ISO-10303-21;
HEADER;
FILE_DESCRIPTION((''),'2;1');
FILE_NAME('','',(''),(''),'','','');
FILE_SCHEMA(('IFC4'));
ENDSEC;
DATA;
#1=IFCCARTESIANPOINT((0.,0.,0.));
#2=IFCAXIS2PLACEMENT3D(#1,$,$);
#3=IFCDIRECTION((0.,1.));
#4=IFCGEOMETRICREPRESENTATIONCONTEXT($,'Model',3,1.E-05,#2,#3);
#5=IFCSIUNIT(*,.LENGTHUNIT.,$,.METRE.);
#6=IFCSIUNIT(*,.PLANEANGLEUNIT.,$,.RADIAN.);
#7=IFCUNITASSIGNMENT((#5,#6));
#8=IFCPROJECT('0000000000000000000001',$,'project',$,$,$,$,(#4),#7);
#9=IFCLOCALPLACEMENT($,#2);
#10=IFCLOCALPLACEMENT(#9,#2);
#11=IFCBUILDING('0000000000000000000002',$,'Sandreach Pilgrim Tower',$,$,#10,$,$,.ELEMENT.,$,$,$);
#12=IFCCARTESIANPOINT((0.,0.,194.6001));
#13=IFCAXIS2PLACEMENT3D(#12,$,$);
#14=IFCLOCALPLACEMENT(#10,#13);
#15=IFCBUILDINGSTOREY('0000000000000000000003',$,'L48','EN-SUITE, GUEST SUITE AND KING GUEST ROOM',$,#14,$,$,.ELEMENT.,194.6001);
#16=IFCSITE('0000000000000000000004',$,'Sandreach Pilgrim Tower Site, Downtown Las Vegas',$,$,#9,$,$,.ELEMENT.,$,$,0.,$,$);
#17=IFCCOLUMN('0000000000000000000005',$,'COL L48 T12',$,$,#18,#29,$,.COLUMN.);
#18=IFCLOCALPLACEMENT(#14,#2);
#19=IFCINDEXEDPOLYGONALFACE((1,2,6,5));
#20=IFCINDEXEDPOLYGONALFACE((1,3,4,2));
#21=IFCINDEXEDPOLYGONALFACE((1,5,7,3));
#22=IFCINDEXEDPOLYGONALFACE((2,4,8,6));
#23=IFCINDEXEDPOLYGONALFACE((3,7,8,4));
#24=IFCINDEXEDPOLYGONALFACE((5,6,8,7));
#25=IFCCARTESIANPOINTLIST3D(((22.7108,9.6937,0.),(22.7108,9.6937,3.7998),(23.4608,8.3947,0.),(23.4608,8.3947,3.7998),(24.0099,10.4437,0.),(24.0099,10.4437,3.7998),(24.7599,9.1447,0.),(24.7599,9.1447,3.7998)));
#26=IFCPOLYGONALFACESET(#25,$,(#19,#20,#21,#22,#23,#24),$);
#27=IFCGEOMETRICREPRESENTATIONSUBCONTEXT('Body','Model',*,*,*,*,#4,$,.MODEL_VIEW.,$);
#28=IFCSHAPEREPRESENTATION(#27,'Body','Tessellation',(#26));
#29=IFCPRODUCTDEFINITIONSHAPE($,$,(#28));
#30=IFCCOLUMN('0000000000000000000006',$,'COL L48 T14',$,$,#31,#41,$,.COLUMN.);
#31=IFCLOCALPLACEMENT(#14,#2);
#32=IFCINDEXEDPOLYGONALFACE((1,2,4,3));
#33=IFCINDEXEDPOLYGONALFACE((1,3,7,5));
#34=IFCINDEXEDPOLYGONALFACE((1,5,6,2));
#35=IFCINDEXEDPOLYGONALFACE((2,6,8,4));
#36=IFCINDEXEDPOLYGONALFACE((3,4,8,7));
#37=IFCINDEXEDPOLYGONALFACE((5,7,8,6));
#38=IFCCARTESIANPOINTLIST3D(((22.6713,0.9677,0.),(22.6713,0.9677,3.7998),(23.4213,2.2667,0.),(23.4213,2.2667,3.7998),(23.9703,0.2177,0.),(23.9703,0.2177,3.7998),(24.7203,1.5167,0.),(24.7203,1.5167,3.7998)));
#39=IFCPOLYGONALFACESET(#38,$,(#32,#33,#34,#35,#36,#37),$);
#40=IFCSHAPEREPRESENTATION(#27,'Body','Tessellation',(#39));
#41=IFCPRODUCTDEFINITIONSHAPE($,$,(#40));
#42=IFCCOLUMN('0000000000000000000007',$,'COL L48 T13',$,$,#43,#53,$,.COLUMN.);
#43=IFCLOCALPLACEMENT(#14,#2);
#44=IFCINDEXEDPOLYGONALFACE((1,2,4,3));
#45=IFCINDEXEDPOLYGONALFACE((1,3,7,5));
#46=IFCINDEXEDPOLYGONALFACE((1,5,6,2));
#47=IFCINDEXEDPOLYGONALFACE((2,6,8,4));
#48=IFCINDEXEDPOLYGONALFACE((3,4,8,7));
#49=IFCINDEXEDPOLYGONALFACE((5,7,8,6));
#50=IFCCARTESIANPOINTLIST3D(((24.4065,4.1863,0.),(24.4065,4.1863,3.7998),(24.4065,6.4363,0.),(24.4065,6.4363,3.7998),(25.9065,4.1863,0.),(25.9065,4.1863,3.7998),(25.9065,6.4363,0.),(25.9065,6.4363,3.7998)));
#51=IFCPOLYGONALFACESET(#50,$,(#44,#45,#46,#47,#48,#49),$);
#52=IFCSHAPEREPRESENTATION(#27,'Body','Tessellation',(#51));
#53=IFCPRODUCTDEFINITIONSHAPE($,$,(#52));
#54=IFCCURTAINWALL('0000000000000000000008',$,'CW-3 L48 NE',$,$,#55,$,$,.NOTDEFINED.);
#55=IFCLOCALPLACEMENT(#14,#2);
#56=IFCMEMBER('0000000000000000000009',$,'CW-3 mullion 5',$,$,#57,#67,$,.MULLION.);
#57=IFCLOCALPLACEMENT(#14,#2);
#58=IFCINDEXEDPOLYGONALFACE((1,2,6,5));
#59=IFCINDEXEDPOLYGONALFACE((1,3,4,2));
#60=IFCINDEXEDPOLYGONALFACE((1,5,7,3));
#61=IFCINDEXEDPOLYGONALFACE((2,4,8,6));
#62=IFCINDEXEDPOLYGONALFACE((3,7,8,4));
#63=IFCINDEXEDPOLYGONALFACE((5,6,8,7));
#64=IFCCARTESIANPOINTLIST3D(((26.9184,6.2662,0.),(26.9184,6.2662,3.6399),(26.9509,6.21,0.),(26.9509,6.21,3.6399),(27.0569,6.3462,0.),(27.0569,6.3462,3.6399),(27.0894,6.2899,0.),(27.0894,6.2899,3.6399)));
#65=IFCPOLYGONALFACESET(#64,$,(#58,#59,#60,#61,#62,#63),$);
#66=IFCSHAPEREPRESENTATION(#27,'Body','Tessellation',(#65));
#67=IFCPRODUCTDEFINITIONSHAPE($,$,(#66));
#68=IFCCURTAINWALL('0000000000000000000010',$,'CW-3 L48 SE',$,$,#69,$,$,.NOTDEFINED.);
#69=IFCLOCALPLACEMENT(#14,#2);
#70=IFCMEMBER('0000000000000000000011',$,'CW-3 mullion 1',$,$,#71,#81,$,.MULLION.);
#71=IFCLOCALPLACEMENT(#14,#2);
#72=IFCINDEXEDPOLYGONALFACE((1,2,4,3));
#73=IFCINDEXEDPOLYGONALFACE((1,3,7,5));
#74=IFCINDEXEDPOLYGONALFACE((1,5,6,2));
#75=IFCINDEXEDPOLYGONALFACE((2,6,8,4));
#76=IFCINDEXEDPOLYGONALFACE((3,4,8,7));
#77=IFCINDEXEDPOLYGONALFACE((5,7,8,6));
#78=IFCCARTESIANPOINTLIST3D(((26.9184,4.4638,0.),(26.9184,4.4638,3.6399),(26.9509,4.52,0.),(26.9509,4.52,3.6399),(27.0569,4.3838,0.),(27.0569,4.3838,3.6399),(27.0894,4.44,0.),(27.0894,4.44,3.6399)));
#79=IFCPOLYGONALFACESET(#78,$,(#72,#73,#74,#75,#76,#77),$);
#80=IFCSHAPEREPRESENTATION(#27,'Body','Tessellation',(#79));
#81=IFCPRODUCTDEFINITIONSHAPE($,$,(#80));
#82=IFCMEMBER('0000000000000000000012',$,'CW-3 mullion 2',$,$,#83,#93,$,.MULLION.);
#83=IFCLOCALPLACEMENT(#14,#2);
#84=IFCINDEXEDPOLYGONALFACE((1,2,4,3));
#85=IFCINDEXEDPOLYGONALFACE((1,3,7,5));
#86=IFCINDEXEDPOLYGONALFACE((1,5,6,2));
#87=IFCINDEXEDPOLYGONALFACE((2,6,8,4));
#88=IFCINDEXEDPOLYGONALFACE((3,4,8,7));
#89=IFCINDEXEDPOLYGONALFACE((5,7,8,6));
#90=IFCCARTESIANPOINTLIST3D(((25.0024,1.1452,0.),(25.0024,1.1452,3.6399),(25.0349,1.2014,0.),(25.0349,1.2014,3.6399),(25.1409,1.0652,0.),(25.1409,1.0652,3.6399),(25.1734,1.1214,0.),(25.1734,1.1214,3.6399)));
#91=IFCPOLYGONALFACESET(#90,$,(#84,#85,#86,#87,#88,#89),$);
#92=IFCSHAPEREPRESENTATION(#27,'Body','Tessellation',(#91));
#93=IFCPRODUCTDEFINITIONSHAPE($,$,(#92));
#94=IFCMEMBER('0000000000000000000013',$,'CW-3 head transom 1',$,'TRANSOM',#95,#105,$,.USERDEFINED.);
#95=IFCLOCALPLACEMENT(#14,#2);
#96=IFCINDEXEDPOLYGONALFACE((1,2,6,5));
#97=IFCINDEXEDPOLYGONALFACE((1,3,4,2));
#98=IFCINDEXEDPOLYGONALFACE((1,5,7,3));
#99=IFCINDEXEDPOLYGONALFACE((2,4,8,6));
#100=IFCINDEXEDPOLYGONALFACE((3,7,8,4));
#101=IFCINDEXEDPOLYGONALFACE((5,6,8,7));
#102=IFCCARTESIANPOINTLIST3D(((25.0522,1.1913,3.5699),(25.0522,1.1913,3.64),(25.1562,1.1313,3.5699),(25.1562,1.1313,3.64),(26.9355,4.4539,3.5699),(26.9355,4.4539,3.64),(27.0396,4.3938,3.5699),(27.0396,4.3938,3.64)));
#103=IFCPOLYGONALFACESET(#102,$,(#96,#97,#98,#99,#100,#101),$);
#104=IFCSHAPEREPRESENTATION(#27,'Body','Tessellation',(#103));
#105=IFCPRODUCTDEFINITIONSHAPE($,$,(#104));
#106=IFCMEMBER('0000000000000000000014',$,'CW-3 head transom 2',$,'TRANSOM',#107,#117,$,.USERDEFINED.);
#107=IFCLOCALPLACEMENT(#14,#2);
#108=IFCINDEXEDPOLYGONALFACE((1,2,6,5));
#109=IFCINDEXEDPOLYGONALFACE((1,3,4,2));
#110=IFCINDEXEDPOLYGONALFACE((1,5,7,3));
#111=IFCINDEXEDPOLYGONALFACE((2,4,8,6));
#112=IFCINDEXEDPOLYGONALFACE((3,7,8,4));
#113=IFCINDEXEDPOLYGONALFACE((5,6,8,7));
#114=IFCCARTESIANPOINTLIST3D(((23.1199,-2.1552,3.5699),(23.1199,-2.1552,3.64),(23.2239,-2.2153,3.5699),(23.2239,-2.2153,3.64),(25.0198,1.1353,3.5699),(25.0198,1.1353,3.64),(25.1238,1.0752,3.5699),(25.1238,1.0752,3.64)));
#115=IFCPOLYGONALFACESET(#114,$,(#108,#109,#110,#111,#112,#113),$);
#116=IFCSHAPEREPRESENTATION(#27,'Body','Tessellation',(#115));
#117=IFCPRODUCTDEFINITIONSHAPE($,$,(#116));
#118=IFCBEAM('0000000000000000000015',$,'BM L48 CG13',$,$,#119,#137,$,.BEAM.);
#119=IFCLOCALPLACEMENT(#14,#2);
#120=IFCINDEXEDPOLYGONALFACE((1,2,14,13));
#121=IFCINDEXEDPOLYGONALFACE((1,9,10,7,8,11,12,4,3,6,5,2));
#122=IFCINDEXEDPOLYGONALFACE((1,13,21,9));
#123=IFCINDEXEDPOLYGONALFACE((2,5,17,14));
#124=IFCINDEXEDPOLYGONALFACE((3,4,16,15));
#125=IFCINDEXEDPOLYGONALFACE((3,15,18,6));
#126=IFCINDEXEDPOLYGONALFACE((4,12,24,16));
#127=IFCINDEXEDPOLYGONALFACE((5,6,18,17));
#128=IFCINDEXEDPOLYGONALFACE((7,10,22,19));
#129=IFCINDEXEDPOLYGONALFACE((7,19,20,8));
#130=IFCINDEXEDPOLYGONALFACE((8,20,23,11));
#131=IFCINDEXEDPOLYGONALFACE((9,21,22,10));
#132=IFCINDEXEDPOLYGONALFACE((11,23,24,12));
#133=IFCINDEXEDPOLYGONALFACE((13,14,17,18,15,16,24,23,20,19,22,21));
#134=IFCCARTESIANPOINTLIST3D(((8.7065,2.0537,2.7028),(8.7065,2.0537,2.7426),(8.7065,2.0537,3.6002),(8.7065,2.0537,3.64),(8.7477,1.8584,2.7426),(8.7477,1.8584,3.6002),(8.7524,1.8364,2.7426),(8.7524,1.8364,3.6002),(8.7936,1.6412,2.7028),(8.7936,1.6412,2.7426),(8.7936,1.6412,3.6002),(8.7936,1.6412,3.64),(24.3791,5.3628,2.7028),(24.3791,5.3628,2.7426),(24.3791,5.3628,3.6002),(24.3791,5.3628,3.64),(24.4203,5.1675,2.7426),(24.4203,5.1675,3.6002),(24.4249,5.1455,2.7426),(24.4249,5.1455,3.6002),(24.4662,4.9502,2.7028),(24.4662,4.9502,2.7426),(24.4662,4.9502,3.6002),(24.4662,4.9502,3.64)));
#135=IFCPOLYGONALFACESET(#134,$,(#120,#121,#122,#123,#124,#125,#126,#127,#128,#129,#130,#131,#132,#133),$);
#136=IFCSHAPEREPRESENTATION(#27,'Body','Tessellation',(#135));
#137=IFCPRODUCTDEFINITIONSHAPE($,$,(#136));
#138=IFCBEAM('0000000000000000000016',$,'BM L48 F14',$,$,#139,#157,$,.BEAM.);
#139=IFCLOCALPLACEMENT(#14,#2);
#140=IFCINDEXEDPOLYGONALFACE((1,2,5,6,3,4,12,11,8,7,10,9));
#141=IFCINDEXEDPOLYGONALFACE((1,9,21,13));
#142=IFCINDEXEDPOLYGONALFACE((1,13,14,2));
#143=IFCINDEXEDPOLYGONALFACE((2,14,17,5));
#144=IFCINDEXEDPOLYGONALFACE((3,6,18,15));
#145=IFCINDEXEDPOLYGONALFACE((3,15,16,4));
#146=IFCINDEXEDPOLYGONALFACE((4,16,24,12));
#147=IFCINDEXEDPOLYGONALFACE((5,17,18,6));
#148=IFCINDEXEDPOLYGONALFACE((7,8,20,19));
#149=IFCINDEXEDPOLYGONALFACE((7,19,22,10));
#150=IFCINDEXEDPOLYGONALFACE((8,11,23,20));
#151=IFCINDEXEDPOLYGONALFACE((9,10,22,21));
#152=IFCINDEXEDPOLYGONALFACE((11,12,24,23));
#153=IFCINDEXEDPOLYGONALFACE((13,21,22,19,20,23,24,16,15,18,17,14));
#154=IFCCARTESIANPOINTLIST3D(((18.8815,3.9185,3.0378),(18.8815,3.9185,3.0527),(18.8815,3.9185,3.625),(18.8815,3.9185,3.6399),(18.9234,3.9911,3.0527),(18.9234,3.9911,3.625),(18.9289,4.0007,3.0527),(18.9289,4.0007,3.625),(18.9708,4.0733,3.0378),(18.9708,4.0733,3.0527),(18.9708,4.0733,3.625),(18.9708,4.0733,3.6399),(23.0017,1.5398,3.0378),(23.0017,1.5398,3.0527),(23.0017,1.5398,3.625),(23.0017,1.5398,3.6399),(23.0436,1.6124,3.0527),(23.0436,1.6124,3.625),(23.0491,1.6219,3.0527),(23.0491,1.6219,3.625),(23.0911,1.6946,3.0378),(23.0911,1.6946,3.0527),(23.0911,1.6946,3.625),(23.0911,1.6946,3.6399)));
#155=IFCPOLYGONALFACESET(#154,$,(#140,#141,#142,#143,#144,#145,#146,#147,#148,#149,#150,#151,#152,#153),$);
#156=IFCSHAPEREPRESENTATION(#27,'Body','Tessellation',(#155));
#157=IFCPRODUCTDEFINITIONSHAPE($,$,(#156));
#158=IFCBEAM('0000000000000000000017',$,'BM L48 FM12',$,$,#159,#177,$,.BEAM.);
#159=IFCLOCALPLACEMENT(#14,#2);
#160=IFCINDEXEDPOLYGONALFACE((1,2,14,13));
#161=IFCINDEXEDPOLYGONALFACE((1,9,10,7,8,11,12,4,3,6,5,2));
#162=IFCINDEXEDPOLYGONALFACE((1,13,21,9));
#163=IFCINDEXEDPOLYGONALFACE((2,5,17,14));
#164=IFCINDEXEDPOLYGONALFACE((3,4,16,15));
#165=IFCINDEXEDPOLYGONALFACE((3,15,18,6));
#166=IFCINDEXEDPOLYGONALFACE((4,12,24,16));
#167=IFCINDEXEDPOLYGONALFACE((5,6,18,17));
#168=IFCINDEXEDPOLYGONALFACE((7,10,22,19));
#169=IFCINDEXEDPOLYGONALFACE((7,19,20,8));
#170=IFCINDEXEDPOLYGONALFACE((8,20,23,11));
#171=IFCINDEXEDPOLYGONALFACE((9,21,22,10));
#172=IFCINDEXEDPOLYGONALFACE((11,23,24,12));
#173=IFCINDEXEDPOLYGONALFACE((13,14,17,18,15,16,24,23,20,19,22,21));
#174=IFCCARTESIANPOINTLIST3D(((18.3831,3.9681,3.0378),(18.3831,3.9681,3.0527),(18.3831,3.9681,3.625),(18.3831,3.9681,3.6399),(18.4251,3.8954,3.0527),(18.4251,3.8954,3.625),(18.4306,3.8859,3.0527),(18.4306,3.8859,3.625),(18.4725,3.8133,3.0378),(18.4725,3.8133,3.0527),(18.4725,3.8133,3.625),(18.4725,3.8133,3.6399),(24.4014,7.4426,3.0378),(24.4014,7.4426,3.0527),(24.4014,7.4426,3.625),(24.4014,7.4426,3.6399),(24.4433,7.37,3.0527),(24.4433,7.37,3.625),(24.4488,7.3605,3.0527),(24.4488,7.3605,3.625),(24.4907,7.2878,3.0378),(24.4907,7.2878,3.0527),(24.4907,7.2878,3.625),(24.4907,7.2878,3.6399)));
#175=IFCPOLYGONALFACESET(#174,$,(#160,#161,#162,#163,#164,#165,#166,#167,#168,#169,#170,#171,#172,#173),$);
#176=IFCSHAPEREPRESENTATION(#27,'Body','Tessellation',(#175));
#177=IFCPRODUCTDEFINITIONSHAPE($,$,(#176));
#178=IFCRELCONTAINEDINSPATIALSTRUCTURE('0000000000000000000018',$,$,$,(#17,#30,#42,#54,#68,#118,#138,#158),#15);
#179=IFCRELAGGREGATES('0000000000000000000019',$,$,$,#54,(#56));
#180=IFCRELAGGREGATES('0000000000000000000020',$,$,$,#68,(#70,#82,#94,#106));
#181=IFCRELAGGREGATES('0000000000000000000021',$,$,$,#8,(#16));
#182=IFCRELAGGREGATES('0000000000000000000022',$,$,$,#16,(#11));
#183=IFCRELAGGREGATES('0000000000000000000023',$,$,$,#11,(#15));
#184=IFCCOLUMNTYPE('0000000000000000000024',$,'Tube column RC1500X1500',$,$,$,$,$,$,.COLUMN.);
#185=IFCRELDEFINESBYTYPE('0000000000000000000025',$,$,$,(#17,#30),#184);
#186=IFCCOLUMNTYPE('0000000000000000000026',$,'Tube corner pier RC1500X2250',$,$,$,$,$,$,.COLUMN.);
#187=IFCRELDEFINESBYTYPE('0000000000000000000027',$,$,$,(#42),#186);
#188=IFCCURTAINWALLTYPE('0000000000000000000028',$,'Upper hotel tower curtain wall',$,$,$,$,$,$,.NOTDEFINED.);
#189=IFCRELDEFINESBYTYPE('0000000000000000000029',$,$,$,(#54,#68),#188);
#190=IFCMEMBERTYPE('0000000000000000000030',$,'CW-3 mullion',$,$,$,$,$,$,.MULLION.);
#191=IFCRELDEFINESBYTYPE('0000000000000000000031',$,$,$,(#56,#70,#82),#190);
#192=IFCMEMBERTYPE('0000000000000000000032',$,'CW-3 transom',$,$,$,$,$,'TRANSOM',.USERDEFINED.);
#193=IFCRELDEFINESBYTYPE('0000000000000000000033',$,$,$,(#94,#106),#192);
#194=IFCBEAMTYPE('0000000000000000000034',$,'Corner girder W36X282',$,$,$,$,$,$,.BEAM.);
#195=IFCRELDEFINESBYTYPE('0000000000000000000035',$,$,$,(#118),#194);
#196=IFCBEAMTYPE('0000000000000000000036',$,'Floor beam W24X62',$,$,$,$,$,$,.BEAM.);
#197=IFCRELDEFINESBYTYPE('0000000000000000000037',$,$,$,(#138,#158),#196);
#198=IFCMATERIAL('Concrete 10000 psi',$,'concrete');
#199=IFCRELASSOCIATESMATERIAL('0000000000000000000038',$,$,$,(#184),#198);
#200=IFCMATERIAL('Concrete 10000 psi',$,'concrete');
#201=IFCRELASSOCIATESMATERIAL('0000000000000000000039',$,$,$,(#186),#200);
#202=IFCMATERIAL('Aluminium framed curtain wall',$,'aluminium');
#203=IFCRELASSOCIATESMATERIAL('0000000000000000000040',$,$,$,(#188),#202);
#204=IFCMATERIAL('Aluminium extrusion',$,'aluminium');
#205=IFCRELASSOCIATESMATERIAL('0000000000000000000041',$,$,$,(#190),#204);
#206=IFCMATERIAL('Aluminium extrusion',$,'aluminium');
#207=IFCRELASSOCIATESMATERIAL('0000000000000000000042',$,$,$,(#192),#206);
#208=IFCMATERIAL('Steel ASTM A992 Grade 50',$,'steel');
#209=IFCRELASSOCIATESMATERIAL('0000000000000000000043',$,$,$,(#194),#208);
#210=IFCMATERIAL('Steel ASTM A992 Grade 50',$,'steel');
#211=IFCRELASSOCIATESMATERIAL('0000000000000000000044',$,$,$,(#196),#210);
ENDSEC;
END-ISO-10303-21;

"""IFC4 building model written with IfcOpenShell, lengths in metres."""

from ifc_helpers import new_model, si_unit, direction, frame, origin, origin_2d, place, context, subcontext, project, spatial, rectangle, i_section, extrude, material, material_profile, profile_set, type_object, element, aggregate, save


model = new_model("IFC4")

# Units and contexts
model_context = context("Model", 3, precision=1e-05, world=origin(), true_north=direction((0.0, 1.0)))
body_context = subcontext(model_context, "Body", "Model", "MODEL_VIEW")
ifc_project = project(units=[si_unit("LENGTHUNIT", "METRE"), si_unit("PLANEANGLEUNIT", "RADIAN")], contexts=[model_context])

# Site, building, storey
site_placement = place(None, origin())
site = spatial("IfcSite", under=ifc_project, at=site_placement, Name="Sandreach Pilgrim Tower Site, Downtown Las Vegas", CompositionType="ELEMENT", RefElevation=0.0)
building_placement = place(site_placement, origin())
building = spatial("IfcBuilding", under=site, at=building_placement, Name="Sandreach Pilgrim Tower", CompositionType="ELEMENT")
storey_placement = place(building_placement, frame((0.0, 0.0, 194.6001)))
storey = spatial("IfcBuildingStorey", under=building, at=storey_placement, Name="L48", Description="EN-SUITE, GUEST SUITE AND KING GUEST ROOM", CompositionType="ELEMENT", Elevation=194.6001)

# Columns
ifc_material_1 = material(Name="Concrete 10000 psi", Category="concrete")
ifc_material_profile_1 = material_profile(ifc_material_1, rectangle(XDim=1.5, YDim=1.5, at=origin_2d()), Name="RC1500X1500")
ifc_profile_set_1 = profile_set([ifc_material_profile_1], Name="Concrete 10000 psi")
column_type_1 = type_object("IfcColumnType", Name="Tube column RC1500X1500", PredefinedType="COLUMN", material=ifc_profile_set_1)
for number, where, z_axis, x_axis, name in (
    (1, (23.7354, 9.4192, 0.0), (0.0, 0.0, 1.0), (0.866025, 0.5, 0.0), "COL L48 T12"),
    (2, (23.6958, 1.2422, 0.0), (0.0, 0.0, 1.0), (0.866025, -0.5, 0.0), "COL L48 T14"),
):
    element("IfcColumn", number, at=place(storey_placement, frame(where, z_axis=z_axis, x_axis=x_axis)), inside=storey, type_object=column_type_1, Name=name, PredefinedType="COLUMN", context=body_context, shape_type="SweptSolid", body=[
        extrude(rectangle(XDim=1.5, YDim=1.5, at=origin_2d()), origin(), (0.0, 0.0, 1.0), 3.7998),
    ])
ifc_material_2 = material(Name="Concrete 10000 psi", Category="concrete")
ifc_material_profile_2 = material_profile(ifc_material_2, rectangle(XDim=1.5, YDim=2.25, at=origin_2d()), Name="RC1500X2250")
ifc_profile_set_2 = profile_set([ifc_material_profile_2], Name="Concrete 10000 psi")
column_type_2 = type_object("IfcColumnType", Name="Tube corner pier RC1500X2250", PredefinedType="COLUMN", material=ifc_profile_set_2)
column_placement = place(storey_placement, frame((25.1565, 5.3113, 0.0), z_axis=(0.0, 0.0, 1.0), x_axis=(1.0, 0.0, 0.0)))
element("IfcColumn", 3, at=column_placement, inside=storey, type_object=column_type_2, Name="COL L48 T13", PredefinedType="COLUMN", context=body_context, shape_type="SweptSolid", body=[
    extrude(rectangle(XDim=1.5, YDim=2.25, at=origin_2d()), origin(), (0.0, 0.0, 1.0), 3.7998),
])

# Curtain wall, member
ifc_material_3 = material(Name="Aluminium framed curtain wall", Category="aluminium")
curtain_wall_type = type_object("IfcCurtainWallType", Name="Upper hotel tower curtain wall", PredefinedType="NOTDEFINED", material=ifc_material_3)
curtain_wall_1_placement = place(storey_placement, origin())
curtain_wall_1 = element("IfcCurtainWall", 4, at=curtain_wall_1_placement, inside=storey, type_object=curtain_wall_type, Name="CW-3 L48 NE", PredefinedType="NOTDEFINED")
ifc_material_4 = material(Name="Aluminium extrusion", Category="aluminium")
ifc_material_profile_3 = material_profile(ifc_material_4, rectangle(XDim=0.0649, YDim=0.1599, at=origin_2d()), Name="CW-3M 65X160")
ifc_profile_set_3 = profile_set([ifc_material_profile_3], Name="Aluminium extrusion")
member_type_1 = type_object("IfcMemberType", Name="CW-3 mullion", PredefinedType="MULLION", material=ifc_profile_set_3)
member_1_placement = place(storey_placement, frame((27.0039, 6.2781, 0.0), z_axis=(0.0, 0.0, 1.0), x_axis=(0.5, -0.866025, 0.0)))
member_1 = element("IfcMember", 5, at=member_1_placement, type_object=member_type_1, Name="CW-3 mullion 5", PredefinedType="MULLION", context=body_context, shape_type="SweptSolid", body=[
    extrude(rectangle(XDim=0.0649, YDim=0.1599, at=origin_2d()), origin(), (0.0, 0.0, 1.0), 3.6399),
])

# Curtain wall, members
curtain_wall_2_placement = place(storey_placement, origin())
curtain_wall_2 = element("IfcCurtainWall", 6, at=curtain_wall_2_placement, inside=storey, type_object=curtain_wall_type, Name="CW-3 L48 SE", PredefinedType="NOTDEFINED")
member_2_placement = place(storey_placement, frame((27.0039, 4.4519, 0.0), z_axis=(0.0, 0.0, 1.0), x_axis=(-0.5, -0.866025, 0.0)))
member_2 = element("IfcMember", 7, at=member_2_placement, type_object=member_type_1, Name="CW-3 mullion 1", PredefinedType="MULLION", context=body_context, shape_type="SweptSolid", body=[
    extrude(rectangle(XDim=0.0649, YDim=0.1599, at=origin_2d()), origin(), (0.0, 0.0, 1.0), 3.6399),
])
member_3_placement = place(storey_placement, frame((25.0879, 1.1333, 0.0), z_axis=(0.0, 0.0, 1.0), x_axis=(-0.5, -0.866025, 0.0)))
member_3 = element("IfcMember", 8, at=member_3_placement, type_object=member_type_1, Name="CW-3 mullion 2", PredefinedType="MULLION", context=body_context, shape_type="SweptSolid", body=[
    extrude(rectangle(XDim=0.0649, YDim=0.1599, at=origin_2d()), origin(), (0.0, 0.0, 1.0), 3.6399),
])
ifc_material_5 = material(Name="Aluminium extrusion", Category="aluminium")
ifc_material_profile_4 = material_profile(ifc_material_5, rectangle(XDim=0.1201, YDim=0.0701, at=origin_2d()), Name="CW-3T 120X70")
ifc_profile_set_4 = profile_set([ifc_material_profile_4], Name="Aluminium extrusion")
member_type_2 = type_object("IfcMemberType", Name="CW-3 transom", ElementType="TRANSOM", PredefinedType="USERDEFINED", material=ifc_profile_set_4)
member_4_placement = place(storey_placement, frame((26.9875, 4.4238, 3.605), z_axis=(-0.499945, -0.866057, 0.0), x_axis=(0.866057, -0.499945, 0.0)))
member_4 = element("IfcMember", 9, at=member_4_placement, type_object=member_type_2, Name="CW-3 head transom 1", ObjectType="TRANSOM", PredefinedType="USERDEFINED", context=body_context, shape_type="SweptSolid", body=[
    extrude(rectangle(XDim=0.1201, YDim=0.0701, at=origin_2d()), origin(), (0.0, 0.0, 1.0), 3.7671),
])
member_5_placement = place(storey_placement, frame((25.0718, 1.1052, 3.605), z_axis=(-0.500023, -0.866012, 0.0), x_axis=(0.866012, -0.500023, 0.0)))
member_5 = element("IfcMember", 10, at=member_5_placement, type_object=member_type_2, Name="CW-3 head transom 2", ObjectType="TRANSOM", PredefinedType="USERDEFINED", context=body_context, shape_type="SweptSolid", body=[
    extrude(rectangle(XDim=0.1201, YDim=0.0701, at=origin_2d()), origin(), (0.0, 0.0, 1.0), 3.7996),
])

# Beams
ifc_material_6 = material(Name="Steel ASTM A992 Grade 50", Category="steel")
ifc_material_profile_5 = material_profile(ifc_material_6, i_section(OverallWidth=0.4216, OverallDepth=0.9373, WebThickness=0.0225, FlangeThickness=0.0398, at=origin_2d()), Name="W36X282")
ifc_profile_set_5 = profile_set([ifc_material_profile_5], Name="Steel ASTM A992 Grade 50")
beam_type_1 = type_object("IfcBeamType", Name="Corner girder W36X282", PredefinedType="BEAM", material=ifc_profile_set_5)
beam_1_placement = place(storey_placement, frame((24.4226, 5.1565, 3.1714), z_axis=(-0.978429, -0.206583, 0.0), x_axis=(0.206583, -0.978429, 0.0)))
element("IfcBeam", 11, at=beam_1_placement, inside=storey, type_object=beam_type_1, Name="BM L48 CG13", PredefinedType="BEAM", context=body_context, shape_type="SweptSolid", body=[
    extrude(i_section(OverallWidth=0.4216, OverallDepth=0.9373, WebThickness=0.0225, FlangeThickness=0.0398, at=origin_2d()), origin(), (0.0, 0.0, 1.0), 16.0181),
])
ifc_material_7 = material(Name="Steel ASTM A992 Grade 50", Category="steel")
ifc_material_profile_6 = material_profile(ifc_material_7, i_section(OverallWidth=0.1787, OverallDepth=0.6021, WebThickness=0.011, FlangeThickness=0.0149, at=origin_2d()), Name="W24X62")
ifc_profile_set_6 = profile_set([ifc_material_profile_6], Name="Steel ASTM A992 Grade 50")
beam_type_2 = type_object("IfcBeamType", Name="Floor beam W24X62", PredefinedType="BEAM", material=ifc_profile_set_6)
beam_2_placement = place(storey_placement, frame((23.0464, 1.6172, 3.3389), z_axis=(-0.866033, 0.499986, 0.0), x_axis=(-0.499986, -0.866033, 0.0)))
element("IfcBeam", 12, at=beam_2_placement, inside=storey, type_object=beam_type_2, Name="BM L48 F14", PredefinedType="BEAM", context=body_context, shape_type="SweptSolid", body=[
    extrude(i_section(OverallWidth=0.1787, OverallDepth=0.6021, WebThickness=0.011, FlangeThickness=0.0149, at=origin_2d()), origin(), (0.0, 0.0, 1.0), 4.7576),
])
beam_3_placement = place(storey_placement, frame((24.446, 7.3652, 3.3389), z_axis=(-0.866029, -0.499993, 0.0), x_axis=(0.499993, -0.866029, 0.0)))
element("IfcBeam", 13, at=beam_3_placement, inside=storey, type_object=beam_type_2, Name="BM L48 FM12", PredefinedType="BEAM", context=body_context, shape_type="SweptSolid", body=[
    extrude(i_section(OverallWidth=0.1787, OverallDepth=0.6021, WebThickness=0.011, FlangeThickness=0.0149, at=origin_2d()), origin(), (0.0, 0.0, 1.0), 6.9492),
])

aggregate(curtain_wall_1, [member_1])
aggregate(curtain_wall_2, [member_2, member_3, member_4, member_5])

save(model, "model.ifc")
